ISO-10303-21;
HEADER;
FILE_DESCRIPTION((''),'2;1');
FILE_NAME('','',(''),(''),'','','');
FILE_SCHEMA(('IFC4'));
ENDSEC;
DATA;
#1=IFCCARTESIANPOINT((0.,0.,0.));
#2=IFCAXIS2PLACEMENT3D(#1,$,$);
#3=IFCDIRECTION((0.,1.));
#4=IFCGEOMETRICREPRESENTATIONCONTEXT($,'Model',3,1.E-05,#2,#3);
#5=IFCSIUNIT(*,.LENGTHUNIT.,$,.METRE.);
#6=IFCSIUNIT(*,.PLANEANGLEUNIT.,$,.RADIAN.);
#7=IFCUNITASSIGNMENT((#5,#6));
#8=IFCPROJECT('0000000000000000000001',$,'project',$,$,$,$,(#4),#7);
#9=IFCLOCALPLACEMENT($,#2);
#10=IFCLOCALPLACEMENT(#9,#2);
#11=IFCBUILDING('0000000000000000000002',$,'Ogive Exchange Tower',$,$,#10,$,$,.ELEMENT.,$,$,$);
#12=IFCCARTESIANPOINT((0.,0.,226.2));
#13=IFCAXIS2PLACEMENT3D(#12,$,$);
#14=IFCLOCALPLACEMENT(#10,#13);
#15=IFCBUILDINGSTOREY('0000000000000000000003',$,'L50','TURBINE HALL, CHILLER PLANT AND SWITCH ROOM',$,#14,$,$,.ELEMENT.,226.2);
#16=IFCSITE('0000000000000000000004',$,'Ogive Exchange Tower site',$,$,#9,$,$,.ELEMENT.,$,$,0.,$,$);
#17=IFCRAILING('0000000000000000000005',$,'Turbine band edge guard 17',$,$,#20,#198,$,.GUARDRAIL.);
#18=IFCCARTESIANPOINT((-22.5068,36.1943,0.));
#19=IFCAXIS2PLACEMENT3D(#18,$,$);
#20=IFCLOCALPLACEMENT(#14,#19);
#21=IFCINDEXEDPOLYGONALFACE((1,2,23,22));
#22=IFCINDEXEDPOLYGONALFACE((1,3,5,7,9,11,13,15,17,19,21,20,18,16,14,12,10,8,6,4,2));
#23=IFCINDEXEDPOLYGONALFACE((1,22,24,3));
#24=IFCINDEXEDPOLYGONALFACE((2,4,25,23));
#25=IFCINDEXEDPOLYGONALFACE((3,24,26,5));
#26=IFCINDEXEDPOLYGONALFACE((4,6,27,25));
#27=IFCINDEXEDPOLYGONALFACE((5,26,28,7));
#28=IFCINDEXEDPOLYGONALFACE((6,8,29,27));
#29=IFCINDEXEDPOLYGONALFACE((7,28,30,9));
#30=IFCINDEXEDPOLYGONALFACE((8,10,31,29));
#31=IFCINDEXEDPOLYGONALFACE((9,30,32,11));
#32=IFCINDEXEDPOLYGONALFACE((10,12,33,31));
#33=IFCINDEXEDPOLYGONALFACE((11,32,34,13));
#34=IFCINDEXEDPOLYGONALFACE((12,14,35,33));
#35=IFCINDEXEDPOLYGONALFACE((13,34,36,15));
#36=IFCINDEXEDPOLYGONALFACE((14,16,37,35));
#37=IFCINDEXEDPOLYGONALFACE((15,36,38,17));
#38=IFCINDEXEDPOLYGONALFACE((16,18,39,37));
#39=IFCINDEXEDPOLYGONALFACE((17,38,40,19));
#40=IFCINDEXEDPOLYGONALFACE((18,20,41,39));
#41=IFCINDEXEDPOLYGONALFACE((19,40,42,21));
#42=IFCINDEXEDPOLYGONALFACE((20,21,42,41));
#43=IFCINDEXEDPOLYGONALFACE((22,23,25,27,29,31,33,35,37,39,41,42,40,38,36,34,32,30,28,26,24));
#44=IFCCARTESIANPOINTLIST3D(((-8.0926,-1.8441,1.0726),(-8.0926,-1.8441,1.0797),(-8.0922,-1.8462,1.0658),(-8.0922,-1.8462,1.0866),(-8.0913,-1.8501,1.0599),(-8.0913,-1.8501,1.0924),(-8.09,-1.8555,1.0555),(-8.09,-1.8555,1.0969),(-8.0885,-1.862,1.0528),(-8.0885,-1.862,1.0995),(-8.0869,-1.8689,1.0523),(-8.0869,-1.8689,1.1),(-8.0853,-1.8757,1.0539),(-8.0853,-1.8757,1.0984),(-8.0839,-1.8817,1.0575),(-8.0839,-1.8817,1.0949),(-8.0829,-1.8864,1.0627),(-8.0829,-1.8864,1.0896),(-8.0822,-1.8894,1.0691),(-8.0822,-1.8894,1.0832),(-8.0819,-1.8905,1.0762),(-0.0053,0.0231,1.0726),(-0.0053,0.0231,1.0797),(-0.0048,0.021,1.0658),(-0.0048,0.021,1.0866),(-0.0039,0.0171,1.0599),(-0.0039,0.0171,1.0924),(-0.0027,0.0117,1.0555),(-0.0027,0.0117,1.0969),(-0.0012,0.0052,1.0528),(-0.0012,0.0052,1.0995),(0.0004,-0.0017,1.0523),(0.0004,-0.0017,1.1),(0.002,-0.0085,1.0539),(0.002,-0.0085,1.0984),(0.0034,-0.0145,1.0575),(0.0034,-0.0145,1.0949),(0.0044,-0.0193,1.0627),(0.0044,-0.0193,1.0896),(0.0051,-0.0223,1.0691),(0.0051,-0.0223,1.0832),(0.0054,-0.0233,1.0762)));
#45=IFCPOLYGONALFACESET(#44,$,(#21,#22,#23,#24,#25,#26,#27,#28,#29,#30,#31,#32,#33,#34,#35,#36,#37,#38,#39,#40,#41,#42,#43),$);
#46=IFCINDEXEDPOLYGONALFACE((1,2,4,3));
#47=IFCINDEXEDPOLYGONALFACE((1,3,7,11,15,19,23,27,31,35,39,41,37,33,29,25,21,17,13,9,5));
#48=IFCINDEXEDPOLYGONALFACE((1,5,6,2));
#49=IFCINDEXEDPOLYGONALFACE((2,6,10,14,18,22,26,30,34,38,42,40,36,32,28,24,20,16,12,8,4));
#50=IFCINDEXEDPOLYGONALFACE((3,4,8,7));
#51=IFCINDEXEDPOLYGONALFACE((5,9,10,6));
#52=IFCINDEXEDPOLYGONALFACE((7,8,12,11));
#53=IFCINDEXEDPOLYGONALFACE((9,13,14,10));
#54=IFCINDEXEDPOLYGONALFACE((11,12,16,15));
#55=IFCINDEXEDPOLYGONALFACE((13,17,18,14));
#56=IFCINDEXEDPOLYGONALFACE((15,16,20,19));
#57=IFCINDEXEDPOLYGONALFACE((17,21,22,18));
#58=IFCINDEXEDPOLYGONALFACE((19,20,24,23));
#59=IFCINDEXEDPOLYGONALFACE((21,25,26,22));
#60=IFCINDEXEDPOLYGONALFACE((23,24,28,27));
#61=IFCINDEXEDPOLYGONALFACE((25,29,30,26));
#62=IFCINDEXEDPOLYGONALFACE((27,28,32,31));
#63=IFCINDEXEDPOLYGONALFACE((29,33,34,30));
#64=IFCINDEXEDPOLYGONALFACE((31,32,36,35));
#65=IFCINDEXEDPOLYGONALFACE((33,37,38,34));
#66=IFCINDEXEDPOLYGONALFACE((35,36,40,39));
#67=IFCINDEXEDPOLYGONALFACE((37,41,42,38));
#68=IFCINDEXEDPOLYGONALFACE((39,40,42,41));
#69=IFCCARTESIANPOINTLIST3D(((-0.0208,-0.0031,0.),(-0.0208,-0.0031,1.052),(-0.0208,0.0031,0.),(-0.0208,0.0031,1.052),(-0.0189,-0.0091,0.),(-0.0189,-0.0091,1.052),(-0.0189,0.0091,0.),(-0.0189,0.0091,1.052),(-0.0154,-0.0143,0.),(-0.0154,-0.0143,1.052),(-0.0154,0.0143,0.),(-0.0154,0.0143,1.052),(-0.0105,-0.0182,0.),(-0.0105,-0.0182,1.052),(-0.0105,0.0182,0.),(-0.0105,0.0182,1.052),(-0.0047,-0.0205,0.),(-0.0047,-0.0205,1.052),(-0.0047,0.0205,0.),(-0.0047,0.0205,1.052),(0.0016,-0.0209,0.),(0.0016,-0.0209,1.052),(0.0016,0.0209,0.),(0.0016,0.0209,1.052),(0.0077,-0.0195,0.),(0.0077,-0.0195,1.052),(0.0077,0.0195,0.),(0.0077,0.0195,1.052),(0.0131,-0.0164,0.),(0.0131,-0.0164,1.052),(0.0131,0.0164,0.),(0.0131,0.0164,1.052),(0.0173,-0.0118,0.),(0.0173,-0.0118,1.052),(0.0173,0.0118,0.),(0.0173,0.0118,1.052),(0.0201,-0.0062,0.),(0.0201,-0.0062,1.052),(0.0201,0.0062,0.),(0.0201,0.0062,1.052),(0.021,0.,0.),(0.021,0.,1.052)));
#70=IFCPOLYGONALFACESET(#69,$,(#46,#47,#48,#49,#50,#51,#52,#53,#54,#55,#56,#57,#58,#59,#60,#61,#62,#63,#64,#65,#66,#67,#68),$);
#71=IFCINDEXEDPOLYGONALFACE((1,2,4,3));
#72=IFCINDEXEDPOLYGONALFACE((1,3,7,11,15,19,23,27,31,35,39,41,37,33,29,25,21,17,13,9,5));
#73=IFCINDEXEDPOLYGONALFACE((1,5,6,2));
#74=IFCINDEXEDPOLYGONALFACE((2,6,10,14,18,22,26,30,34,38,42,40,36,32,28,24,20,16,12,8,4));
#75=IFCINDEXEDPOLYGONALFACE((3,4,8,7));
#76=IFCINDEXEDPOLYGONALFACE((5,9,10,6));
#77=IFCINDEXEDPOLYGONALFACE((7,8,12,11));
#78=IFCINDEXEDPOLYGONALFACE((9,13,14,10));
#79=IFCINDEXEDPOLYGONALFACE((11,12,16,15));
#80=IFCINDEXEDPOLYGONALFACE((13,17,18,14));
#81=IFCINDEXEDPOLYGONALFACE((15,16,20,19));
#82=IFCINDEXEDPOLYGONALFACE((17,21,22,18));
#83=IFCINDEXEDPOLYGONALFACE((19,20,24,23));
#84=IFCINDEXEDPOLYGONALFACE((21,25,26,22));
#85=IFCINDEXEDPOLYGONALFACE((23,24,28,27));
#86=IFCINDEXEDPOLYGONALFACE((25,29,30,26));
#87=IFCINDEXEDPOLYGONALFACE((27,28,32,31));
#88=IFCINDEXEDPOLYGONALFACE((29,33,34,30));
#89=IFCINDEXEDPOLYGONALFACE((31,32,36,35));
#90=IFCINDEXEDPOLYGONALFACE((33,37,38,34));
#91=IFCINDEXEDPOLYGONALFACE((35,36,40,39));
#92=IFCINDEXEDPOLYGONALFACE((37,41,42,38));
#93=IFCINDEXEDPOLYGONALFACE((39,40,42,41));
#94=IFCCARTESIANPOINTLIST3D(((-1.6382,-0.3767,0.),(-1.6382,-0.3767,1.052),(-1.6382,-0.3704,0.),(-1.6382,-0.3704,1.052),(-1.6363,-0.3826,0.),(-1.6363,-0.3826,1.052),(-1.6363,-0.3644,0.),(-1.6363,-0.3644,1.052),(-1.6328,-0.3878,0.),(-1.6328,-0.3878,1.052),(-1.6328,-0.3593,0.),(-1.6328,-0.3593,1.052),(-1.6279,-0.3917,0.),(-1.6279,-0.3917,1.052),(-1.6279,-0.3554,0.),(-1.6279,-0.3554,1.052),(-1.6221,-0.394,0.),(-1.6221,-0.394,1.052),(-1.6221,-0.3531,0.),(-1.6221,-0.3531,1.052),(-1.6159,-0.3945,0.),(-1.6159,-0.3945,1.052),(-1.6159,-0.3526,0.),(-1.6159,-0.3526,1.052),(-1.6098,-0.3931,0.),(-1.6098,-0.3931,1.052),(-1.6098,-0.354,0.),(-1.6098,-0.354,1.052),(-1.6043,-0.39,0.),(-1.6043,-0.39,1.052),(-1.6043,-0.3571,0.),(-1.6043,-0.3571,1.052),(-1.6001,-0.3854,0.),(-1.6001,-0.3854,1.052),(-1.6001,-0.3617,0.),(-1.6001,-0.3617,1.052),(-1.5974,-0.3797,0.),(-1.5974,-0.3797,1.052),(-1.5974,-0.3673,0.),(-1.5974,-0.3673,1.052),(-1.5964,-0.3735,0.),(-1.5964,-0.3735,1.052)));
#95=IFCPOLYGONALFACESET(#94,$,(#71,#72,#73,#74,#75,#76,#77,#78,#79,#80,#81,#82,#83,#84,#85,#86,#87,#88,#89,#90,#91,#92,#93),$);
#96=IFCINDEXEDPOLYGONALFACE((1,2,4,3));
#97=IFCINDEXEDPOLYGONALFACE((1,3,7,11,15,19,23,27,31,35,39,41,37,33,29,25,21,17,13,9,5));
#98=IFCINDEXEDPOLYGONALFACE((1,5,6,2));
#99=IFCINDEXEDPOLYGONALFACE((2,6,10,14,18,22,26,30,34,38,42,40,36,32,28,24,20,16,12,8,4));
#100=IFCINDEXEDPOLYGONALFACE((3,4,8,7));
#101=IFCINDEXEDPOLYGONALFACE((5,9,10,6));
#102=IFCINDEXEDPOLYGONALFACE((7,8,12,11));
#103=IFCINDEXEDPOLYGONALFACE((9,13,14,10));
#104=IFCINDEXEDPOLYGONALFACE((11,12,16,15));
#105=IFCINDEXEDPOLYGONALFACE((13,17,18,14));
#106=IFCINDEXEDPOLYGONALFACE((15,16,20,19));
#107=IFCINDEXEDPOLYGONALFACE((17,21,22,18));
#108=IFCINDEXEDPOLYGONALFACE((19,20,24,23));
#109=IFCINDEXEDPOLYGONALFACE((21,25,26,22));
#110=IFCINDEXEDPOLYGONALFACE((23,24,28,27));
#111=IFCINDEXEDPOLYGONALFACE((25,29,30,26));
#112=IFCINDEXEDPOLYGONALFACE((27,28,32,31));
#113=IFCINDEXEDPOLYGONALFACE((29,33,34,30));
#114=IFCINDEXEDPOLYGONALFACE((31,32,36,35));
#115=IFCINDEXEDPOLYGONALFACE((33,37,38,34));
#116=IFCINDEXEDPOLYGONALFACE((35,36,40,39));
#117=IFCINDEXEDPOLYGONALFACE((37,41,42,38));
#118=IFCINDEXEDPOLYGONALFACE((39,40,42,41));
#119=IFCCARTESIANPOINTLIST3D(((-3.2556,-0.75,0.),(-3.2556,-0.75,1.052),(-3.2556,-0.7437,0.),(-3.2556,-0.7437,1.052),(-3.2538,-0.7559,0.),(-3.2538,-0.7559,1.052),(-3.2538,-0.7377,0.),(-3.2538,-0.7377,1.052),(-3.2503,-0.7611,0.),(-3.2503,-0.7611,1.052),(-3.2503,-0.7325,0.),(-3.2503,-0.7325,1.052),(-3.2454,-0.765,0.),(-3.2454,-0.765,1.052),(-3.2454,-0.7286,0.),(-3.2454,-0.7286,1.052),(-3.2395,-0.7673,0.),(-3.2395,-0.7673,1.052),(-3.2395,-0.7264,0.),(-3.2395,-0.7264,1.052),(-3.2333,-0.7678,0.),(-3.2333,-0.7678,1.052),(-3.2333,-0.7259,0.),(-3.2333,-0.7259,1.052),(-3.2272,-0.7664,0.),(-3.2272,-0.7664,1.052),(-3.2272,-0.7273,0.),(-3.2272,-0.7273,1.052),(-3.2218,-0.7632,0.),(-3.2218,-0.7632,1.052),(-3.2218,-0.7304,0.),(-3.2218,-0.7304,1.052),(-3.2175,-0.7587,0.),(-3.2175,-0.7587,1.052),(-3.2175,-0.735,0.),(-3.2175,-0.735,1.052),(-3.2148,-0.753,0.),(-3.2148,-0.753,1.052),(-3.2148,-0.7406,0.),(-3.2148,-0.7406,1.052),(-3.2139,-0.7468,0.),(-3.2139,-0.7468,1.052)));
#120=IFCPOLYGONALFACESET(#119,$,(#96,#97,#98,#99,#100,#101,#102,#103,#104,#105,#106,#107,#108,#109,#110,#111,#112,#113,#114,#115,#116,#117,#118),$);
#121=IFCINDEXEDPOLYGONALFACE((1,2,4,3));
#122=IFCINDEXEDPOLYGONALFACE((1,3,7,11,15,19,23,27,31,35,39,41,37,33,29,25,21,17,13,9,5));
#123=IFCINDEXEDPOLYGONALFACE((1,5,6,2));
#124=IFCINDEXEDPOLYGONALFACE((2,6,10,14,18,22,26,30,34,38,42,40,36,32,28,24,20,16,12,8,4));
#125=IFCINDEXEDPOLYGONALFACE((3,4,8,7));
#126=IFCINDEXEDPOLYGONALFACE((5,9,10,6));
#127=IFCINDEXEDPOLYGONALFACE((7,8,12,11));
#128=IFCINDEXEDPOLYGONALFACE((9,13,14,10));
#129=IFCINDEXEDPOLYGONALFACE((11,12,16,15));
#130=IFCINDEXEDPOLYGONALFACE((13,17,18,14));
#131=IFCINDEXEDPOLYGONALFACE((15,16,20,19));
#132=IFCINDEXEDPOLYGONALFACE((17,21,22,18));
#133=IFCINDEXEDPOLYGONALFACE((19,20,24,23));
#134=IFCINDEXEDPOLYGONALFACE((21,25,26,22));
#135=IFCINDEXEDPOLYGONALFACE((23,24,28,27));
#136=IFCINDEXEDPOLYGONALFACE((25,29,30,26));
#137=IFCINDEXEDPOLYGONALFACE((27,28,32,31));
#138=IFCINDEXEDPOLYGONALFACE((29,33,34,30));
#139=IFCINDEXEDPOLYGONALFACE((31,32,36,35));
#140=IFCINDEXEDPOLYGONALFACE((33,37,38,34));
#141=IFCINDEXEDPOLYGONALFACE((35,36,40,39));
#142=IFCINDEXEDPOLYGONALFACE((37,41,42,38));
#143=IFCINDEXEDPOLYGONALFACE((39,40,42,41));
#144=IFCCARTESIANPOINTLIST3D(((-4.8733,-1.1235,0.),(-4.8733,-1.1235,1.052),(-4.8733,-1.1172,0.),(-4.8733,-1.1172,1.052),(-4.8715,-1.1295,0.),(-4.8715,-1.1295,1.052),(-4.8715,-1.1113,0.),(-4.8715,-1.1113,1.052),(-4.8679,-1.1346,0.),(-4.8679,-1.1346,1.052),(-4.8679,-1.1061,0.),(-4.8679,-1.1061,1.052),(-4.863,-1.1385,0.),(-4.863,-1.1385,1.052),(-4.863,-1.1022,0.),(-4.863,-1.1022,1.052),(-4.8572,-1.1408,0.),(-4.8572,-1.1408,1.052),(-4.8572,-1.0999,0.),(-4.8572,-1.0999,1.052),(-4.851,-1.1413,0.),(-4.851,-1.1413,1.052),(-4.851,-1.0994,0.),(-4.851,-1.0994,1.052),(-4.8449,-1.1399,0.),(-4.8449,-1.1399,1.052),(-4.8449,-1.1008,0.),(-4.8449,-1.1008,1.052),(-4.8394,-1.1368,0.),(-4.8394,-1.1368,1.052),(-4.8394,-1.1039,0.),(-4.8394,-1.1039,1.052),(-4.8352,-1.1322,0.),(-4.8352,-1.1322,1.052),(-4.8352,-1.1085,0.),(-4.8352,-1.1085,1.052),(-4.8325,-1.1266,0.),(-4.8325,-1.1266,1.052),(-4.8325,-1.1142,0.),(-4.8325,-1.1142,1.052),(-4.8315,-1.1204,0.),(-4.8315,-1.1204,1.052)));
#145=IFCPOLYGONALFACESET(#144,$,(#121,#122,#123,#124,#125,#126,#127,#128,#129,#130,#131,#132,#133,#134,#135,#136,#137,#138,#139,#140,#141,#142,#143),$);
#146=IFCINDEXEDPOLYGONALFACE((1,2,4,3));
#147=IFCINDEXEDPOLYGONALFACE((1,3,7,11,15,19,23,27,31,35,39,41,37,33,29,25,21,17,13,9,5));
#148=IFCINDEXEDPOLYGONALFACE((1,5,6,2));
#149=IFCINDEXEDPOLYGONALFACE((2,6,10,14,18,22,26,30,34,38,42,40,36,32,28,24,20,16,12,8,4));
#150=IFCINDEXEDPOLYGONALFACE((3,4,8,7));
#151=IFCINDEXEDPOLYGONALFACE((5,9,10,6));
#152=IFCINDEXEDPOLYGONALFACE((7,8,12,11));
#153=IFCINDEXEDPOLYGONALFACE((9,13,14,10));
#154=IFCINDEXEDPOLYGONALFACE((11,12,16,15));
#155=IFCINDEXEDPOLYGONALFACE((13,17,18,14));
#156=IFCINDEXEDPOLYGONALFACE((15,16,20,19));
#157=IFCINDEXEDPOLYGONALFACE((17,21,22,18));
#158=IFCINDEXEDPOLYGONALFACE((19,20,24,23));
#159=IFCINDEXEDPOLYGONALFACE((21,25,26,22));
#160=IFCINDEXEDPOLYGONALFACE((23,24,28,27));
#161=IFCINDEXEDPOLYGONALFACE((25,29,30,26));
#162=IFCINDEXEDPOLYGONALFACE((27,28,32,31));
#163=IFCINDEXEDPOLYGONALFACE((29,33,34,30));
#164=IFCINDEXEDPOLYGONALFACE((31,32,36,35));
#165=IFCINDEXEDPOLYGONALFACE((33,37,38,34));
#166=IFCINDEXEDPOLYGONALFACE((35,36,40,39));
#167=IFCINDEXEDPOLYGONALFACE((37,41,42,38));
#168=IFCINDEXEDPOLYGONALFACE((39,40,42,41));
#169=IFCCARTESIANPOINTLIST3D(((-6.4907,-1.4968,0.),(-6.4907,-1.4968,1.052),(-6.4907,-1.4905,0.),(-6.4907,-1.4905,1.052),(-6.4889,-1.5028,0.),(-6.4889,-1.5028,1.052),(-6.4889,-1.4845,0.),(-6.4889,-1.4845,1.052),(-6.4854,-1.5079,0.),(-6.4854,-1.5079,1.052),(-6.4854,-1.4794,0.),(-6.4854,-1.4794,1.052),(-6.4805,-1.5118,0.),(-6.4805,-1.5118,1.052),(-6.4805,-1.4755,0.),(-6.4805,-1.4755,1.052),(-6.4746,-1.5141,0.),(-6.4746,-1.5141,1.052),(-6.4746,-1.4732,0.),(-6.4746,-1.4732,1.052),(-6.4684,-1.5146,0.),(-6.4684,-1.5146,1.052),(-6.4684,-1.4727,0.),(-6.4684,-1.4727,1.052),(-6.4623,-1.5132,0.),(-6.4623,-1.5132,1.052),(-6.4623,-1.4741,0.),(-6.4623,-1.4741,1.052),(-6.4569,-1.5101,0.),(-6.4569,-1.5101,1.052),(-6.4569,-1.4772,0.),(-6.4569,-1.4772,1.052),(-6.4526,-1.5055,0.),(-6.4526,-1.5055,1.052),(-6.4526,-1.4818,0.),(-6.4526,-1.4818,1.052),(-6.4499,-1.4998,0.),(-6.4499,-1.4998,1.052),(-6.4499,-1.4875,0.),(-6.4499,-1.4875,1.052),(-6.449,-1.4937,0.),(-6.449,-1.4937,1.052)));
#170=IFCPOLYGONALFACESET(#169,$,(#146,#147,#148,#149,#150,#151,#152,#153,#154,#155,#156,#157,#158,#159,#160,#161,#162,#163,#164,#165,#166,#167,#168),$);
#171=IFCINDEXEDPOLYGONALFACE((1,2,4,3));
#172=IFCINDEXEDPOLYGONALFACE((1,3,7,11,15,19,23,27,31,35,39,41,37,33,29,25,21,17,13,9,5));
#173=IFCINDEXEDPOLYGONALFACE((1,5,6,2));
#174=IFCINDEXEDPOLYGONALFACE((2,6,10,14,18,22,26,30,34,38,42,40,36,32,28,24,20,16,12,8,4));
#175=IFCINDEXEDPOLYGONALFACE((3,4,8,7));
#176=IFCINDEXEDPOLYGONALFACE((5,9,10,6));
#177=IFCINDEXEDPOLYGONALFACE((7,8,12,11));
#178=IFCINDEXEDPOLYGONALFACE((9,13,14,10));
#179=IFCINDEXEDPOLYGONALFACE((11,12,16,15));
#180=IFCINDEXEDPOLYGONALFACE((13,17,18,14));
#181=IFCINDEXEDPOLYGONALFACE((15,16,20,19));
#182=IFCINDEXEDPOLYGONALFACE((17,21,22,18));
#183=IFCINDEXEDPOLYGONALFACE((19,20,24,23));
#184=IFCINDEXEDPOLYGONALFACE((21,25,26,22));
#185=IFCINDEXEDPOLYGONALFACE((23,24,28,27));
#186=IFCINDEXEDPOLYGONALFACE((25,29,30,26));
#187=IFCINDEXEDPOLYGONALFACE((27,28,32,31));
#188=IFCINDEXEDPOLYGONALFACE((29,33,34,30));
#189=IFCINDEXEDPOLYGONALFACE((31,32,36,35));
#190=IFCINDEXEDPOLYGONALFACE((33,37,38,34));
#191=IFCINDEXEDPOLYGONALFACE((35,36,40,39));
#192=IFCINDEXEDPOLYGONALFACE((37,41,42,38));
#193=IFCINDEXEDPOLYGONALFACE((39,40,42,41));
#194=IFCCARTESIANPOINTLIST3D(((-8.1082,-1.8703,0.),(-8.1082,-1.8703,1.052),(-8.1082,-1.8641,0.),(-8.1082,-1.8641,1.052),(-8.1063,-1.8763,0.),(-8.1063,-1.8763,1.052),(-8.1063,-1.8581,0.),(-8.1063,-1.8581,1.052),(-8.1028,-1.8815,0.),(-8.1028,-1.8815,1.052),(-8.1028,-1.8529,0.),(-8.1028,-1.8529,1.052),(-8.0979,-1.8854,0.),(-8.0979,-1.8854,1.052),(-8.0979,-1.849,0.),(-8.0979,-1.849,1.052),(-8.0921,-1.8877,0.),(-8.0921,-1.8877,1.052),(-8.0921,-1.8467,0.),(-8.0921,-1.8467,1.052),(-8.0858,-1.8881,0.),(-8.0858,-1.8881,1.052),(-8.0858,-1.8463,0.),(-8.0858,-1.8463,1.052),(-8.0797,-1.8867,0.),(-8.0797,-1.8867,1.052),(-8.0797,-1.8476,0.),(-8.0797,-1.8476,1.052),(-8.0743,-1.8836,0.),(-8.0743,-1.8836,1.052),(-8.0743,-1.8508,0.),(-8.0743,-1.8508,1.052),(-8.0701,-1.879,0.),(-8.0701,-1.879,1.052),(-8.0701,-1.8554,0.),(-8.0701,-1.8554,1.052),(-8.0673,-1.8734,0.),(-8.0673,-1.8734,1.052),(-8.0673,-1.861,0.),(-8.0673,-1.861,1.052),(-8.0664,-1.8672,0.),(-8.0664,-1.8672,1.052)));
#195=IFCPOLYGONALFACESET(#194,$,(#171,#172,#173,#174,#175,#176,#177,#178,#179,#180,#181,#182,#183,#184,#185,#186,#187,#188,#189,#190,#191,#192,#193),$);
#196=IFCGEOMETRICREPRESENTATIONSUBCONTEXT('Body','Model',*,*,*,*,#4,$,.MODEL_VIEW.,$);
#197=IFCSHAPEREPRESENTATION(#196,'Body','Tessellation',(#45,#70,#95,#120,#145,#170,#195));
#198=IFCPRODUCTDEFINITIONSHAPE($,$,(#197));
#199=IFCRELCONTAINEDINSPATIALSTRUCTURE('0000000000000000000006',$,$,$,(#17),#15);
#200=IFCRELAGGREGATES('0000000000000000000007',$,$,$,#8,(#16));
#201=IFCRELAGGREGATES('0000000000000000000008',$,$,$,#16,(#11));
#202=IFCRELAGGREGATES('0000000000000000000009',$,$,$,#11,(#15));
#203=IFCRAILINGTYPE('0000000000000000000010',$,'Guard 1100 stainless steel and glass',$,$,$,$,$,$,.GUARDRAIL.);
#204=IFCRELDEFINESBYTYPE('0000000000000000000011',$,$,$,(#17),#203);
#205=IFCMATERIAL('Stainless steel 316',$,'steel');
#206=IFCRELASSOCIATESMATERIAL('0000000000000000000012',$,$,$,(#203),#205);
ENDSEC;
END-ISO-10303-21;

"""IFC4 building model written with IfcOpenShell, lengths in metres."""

from ifc_helpers import new_model, si_unit, direction, frame, origin, origin_2d, place, context, subcontext, project, spatial, circle, extrude, material, type_object, element, save


model = new_model("IFC4")

# Units and contexts
model_context = context("Model", 3, precision=1e-05, world=origin(), true_north=direction((0.0, 1.0)))
body_context = subcontext(model_context, "Body", "Model", "MODEL_VIEW")
ifc_project = project(units=[si_unit("LENGTHUNIT", "METRE"), si_unit("PLANEANGLEUNIT", "RADIAN")], contexts=[model_context])

# Site, building, storey
site_placement = place(None, origin())
site = spatial("IfcSite", under=ifc_project, at=site_placement, Name="Ogive Exchange Tower site", CompositionType="ELEMENT", RefElevation=0.0)
building_placement = place(site_placement, origin())
building = spatial("IfcBuilding", under=site, at=building_placement, Name="Ogive Exchange Tower", CompositionType="ELEMENT")
storey_placement = place(building_placement, frame((0.0, 0.0, 226.2)))
storey = spatial("IfcBuildingStorey", under=building, at=storey_placement, Name="L50", Description="TURBINE HALL, CHILLER PLANT AND SWITCH ROOM", CompositionType="ELEMENT", Elevation=226.2)

# Railing
ifc_material_1 = material(Name="Stainless steel 316", Category="steel")
railing_type = type_object("IfcRailingType", Name="Guard 1100 stainless steel and glass", PredefinedType="GUARDRAIL", material=ifc_material_1)
railing_1_placement = place(storey_placement, frame((-22.5068, 36.1943, 0.0)))
element("IfcRailing", 1, at=railing_1_placement, inside=storey, type_object=railing_type, Name="Turbine band edge guard 17", PredefinedType="GUARDRAIL", context=body_context, shape_type="SweptSolid", body=[
    extrude(circle(Radius=0.0239, at=origin_2d()), frame((0.0, 0.0, 1.0762), z_axis=(-0.974368, -0.224958, 0.0), x_axis=(0.224958, -0.974368, 0.0)), (0.0, 0.0, 1.0), 8.3),
    extrude(circle(Radius=0.021, at=origin_2d()), origin(), (0.0, 0.0, 1.0), 1.052),
    extrude(circle(Radius=0.021, at=origin_2d()), frame((-1.6174, -0.3735, 0.0)), (0.0, 0.0, 1.0), 1.052),
    extrude(circle(Radius=0.021, at=origin_2d()), frame((-3.2349, -0.7468, 0.0)), (0.0, 0.0, 1.0), 1.052),
    extrude(circle(Radius=0.021, at=origin_2d()), frame((-4.8525, -1.1204, 0.0)), (0.0, 0.0, 1.0), 1.052),
    extrude(circle(Radius=0.021, at=origin_2d()), frame((-6.47, -1.4937, 0.0)), (0.0, 0.0, 1.0), 1.052),
    extrude(circle(Radius=0.021, at=origin_2d()), frame((-8.0874, -1.8672, 0.0)), (0.0, 0.0, 1.0), 1.052),
])

save(model, "model.ifc")
